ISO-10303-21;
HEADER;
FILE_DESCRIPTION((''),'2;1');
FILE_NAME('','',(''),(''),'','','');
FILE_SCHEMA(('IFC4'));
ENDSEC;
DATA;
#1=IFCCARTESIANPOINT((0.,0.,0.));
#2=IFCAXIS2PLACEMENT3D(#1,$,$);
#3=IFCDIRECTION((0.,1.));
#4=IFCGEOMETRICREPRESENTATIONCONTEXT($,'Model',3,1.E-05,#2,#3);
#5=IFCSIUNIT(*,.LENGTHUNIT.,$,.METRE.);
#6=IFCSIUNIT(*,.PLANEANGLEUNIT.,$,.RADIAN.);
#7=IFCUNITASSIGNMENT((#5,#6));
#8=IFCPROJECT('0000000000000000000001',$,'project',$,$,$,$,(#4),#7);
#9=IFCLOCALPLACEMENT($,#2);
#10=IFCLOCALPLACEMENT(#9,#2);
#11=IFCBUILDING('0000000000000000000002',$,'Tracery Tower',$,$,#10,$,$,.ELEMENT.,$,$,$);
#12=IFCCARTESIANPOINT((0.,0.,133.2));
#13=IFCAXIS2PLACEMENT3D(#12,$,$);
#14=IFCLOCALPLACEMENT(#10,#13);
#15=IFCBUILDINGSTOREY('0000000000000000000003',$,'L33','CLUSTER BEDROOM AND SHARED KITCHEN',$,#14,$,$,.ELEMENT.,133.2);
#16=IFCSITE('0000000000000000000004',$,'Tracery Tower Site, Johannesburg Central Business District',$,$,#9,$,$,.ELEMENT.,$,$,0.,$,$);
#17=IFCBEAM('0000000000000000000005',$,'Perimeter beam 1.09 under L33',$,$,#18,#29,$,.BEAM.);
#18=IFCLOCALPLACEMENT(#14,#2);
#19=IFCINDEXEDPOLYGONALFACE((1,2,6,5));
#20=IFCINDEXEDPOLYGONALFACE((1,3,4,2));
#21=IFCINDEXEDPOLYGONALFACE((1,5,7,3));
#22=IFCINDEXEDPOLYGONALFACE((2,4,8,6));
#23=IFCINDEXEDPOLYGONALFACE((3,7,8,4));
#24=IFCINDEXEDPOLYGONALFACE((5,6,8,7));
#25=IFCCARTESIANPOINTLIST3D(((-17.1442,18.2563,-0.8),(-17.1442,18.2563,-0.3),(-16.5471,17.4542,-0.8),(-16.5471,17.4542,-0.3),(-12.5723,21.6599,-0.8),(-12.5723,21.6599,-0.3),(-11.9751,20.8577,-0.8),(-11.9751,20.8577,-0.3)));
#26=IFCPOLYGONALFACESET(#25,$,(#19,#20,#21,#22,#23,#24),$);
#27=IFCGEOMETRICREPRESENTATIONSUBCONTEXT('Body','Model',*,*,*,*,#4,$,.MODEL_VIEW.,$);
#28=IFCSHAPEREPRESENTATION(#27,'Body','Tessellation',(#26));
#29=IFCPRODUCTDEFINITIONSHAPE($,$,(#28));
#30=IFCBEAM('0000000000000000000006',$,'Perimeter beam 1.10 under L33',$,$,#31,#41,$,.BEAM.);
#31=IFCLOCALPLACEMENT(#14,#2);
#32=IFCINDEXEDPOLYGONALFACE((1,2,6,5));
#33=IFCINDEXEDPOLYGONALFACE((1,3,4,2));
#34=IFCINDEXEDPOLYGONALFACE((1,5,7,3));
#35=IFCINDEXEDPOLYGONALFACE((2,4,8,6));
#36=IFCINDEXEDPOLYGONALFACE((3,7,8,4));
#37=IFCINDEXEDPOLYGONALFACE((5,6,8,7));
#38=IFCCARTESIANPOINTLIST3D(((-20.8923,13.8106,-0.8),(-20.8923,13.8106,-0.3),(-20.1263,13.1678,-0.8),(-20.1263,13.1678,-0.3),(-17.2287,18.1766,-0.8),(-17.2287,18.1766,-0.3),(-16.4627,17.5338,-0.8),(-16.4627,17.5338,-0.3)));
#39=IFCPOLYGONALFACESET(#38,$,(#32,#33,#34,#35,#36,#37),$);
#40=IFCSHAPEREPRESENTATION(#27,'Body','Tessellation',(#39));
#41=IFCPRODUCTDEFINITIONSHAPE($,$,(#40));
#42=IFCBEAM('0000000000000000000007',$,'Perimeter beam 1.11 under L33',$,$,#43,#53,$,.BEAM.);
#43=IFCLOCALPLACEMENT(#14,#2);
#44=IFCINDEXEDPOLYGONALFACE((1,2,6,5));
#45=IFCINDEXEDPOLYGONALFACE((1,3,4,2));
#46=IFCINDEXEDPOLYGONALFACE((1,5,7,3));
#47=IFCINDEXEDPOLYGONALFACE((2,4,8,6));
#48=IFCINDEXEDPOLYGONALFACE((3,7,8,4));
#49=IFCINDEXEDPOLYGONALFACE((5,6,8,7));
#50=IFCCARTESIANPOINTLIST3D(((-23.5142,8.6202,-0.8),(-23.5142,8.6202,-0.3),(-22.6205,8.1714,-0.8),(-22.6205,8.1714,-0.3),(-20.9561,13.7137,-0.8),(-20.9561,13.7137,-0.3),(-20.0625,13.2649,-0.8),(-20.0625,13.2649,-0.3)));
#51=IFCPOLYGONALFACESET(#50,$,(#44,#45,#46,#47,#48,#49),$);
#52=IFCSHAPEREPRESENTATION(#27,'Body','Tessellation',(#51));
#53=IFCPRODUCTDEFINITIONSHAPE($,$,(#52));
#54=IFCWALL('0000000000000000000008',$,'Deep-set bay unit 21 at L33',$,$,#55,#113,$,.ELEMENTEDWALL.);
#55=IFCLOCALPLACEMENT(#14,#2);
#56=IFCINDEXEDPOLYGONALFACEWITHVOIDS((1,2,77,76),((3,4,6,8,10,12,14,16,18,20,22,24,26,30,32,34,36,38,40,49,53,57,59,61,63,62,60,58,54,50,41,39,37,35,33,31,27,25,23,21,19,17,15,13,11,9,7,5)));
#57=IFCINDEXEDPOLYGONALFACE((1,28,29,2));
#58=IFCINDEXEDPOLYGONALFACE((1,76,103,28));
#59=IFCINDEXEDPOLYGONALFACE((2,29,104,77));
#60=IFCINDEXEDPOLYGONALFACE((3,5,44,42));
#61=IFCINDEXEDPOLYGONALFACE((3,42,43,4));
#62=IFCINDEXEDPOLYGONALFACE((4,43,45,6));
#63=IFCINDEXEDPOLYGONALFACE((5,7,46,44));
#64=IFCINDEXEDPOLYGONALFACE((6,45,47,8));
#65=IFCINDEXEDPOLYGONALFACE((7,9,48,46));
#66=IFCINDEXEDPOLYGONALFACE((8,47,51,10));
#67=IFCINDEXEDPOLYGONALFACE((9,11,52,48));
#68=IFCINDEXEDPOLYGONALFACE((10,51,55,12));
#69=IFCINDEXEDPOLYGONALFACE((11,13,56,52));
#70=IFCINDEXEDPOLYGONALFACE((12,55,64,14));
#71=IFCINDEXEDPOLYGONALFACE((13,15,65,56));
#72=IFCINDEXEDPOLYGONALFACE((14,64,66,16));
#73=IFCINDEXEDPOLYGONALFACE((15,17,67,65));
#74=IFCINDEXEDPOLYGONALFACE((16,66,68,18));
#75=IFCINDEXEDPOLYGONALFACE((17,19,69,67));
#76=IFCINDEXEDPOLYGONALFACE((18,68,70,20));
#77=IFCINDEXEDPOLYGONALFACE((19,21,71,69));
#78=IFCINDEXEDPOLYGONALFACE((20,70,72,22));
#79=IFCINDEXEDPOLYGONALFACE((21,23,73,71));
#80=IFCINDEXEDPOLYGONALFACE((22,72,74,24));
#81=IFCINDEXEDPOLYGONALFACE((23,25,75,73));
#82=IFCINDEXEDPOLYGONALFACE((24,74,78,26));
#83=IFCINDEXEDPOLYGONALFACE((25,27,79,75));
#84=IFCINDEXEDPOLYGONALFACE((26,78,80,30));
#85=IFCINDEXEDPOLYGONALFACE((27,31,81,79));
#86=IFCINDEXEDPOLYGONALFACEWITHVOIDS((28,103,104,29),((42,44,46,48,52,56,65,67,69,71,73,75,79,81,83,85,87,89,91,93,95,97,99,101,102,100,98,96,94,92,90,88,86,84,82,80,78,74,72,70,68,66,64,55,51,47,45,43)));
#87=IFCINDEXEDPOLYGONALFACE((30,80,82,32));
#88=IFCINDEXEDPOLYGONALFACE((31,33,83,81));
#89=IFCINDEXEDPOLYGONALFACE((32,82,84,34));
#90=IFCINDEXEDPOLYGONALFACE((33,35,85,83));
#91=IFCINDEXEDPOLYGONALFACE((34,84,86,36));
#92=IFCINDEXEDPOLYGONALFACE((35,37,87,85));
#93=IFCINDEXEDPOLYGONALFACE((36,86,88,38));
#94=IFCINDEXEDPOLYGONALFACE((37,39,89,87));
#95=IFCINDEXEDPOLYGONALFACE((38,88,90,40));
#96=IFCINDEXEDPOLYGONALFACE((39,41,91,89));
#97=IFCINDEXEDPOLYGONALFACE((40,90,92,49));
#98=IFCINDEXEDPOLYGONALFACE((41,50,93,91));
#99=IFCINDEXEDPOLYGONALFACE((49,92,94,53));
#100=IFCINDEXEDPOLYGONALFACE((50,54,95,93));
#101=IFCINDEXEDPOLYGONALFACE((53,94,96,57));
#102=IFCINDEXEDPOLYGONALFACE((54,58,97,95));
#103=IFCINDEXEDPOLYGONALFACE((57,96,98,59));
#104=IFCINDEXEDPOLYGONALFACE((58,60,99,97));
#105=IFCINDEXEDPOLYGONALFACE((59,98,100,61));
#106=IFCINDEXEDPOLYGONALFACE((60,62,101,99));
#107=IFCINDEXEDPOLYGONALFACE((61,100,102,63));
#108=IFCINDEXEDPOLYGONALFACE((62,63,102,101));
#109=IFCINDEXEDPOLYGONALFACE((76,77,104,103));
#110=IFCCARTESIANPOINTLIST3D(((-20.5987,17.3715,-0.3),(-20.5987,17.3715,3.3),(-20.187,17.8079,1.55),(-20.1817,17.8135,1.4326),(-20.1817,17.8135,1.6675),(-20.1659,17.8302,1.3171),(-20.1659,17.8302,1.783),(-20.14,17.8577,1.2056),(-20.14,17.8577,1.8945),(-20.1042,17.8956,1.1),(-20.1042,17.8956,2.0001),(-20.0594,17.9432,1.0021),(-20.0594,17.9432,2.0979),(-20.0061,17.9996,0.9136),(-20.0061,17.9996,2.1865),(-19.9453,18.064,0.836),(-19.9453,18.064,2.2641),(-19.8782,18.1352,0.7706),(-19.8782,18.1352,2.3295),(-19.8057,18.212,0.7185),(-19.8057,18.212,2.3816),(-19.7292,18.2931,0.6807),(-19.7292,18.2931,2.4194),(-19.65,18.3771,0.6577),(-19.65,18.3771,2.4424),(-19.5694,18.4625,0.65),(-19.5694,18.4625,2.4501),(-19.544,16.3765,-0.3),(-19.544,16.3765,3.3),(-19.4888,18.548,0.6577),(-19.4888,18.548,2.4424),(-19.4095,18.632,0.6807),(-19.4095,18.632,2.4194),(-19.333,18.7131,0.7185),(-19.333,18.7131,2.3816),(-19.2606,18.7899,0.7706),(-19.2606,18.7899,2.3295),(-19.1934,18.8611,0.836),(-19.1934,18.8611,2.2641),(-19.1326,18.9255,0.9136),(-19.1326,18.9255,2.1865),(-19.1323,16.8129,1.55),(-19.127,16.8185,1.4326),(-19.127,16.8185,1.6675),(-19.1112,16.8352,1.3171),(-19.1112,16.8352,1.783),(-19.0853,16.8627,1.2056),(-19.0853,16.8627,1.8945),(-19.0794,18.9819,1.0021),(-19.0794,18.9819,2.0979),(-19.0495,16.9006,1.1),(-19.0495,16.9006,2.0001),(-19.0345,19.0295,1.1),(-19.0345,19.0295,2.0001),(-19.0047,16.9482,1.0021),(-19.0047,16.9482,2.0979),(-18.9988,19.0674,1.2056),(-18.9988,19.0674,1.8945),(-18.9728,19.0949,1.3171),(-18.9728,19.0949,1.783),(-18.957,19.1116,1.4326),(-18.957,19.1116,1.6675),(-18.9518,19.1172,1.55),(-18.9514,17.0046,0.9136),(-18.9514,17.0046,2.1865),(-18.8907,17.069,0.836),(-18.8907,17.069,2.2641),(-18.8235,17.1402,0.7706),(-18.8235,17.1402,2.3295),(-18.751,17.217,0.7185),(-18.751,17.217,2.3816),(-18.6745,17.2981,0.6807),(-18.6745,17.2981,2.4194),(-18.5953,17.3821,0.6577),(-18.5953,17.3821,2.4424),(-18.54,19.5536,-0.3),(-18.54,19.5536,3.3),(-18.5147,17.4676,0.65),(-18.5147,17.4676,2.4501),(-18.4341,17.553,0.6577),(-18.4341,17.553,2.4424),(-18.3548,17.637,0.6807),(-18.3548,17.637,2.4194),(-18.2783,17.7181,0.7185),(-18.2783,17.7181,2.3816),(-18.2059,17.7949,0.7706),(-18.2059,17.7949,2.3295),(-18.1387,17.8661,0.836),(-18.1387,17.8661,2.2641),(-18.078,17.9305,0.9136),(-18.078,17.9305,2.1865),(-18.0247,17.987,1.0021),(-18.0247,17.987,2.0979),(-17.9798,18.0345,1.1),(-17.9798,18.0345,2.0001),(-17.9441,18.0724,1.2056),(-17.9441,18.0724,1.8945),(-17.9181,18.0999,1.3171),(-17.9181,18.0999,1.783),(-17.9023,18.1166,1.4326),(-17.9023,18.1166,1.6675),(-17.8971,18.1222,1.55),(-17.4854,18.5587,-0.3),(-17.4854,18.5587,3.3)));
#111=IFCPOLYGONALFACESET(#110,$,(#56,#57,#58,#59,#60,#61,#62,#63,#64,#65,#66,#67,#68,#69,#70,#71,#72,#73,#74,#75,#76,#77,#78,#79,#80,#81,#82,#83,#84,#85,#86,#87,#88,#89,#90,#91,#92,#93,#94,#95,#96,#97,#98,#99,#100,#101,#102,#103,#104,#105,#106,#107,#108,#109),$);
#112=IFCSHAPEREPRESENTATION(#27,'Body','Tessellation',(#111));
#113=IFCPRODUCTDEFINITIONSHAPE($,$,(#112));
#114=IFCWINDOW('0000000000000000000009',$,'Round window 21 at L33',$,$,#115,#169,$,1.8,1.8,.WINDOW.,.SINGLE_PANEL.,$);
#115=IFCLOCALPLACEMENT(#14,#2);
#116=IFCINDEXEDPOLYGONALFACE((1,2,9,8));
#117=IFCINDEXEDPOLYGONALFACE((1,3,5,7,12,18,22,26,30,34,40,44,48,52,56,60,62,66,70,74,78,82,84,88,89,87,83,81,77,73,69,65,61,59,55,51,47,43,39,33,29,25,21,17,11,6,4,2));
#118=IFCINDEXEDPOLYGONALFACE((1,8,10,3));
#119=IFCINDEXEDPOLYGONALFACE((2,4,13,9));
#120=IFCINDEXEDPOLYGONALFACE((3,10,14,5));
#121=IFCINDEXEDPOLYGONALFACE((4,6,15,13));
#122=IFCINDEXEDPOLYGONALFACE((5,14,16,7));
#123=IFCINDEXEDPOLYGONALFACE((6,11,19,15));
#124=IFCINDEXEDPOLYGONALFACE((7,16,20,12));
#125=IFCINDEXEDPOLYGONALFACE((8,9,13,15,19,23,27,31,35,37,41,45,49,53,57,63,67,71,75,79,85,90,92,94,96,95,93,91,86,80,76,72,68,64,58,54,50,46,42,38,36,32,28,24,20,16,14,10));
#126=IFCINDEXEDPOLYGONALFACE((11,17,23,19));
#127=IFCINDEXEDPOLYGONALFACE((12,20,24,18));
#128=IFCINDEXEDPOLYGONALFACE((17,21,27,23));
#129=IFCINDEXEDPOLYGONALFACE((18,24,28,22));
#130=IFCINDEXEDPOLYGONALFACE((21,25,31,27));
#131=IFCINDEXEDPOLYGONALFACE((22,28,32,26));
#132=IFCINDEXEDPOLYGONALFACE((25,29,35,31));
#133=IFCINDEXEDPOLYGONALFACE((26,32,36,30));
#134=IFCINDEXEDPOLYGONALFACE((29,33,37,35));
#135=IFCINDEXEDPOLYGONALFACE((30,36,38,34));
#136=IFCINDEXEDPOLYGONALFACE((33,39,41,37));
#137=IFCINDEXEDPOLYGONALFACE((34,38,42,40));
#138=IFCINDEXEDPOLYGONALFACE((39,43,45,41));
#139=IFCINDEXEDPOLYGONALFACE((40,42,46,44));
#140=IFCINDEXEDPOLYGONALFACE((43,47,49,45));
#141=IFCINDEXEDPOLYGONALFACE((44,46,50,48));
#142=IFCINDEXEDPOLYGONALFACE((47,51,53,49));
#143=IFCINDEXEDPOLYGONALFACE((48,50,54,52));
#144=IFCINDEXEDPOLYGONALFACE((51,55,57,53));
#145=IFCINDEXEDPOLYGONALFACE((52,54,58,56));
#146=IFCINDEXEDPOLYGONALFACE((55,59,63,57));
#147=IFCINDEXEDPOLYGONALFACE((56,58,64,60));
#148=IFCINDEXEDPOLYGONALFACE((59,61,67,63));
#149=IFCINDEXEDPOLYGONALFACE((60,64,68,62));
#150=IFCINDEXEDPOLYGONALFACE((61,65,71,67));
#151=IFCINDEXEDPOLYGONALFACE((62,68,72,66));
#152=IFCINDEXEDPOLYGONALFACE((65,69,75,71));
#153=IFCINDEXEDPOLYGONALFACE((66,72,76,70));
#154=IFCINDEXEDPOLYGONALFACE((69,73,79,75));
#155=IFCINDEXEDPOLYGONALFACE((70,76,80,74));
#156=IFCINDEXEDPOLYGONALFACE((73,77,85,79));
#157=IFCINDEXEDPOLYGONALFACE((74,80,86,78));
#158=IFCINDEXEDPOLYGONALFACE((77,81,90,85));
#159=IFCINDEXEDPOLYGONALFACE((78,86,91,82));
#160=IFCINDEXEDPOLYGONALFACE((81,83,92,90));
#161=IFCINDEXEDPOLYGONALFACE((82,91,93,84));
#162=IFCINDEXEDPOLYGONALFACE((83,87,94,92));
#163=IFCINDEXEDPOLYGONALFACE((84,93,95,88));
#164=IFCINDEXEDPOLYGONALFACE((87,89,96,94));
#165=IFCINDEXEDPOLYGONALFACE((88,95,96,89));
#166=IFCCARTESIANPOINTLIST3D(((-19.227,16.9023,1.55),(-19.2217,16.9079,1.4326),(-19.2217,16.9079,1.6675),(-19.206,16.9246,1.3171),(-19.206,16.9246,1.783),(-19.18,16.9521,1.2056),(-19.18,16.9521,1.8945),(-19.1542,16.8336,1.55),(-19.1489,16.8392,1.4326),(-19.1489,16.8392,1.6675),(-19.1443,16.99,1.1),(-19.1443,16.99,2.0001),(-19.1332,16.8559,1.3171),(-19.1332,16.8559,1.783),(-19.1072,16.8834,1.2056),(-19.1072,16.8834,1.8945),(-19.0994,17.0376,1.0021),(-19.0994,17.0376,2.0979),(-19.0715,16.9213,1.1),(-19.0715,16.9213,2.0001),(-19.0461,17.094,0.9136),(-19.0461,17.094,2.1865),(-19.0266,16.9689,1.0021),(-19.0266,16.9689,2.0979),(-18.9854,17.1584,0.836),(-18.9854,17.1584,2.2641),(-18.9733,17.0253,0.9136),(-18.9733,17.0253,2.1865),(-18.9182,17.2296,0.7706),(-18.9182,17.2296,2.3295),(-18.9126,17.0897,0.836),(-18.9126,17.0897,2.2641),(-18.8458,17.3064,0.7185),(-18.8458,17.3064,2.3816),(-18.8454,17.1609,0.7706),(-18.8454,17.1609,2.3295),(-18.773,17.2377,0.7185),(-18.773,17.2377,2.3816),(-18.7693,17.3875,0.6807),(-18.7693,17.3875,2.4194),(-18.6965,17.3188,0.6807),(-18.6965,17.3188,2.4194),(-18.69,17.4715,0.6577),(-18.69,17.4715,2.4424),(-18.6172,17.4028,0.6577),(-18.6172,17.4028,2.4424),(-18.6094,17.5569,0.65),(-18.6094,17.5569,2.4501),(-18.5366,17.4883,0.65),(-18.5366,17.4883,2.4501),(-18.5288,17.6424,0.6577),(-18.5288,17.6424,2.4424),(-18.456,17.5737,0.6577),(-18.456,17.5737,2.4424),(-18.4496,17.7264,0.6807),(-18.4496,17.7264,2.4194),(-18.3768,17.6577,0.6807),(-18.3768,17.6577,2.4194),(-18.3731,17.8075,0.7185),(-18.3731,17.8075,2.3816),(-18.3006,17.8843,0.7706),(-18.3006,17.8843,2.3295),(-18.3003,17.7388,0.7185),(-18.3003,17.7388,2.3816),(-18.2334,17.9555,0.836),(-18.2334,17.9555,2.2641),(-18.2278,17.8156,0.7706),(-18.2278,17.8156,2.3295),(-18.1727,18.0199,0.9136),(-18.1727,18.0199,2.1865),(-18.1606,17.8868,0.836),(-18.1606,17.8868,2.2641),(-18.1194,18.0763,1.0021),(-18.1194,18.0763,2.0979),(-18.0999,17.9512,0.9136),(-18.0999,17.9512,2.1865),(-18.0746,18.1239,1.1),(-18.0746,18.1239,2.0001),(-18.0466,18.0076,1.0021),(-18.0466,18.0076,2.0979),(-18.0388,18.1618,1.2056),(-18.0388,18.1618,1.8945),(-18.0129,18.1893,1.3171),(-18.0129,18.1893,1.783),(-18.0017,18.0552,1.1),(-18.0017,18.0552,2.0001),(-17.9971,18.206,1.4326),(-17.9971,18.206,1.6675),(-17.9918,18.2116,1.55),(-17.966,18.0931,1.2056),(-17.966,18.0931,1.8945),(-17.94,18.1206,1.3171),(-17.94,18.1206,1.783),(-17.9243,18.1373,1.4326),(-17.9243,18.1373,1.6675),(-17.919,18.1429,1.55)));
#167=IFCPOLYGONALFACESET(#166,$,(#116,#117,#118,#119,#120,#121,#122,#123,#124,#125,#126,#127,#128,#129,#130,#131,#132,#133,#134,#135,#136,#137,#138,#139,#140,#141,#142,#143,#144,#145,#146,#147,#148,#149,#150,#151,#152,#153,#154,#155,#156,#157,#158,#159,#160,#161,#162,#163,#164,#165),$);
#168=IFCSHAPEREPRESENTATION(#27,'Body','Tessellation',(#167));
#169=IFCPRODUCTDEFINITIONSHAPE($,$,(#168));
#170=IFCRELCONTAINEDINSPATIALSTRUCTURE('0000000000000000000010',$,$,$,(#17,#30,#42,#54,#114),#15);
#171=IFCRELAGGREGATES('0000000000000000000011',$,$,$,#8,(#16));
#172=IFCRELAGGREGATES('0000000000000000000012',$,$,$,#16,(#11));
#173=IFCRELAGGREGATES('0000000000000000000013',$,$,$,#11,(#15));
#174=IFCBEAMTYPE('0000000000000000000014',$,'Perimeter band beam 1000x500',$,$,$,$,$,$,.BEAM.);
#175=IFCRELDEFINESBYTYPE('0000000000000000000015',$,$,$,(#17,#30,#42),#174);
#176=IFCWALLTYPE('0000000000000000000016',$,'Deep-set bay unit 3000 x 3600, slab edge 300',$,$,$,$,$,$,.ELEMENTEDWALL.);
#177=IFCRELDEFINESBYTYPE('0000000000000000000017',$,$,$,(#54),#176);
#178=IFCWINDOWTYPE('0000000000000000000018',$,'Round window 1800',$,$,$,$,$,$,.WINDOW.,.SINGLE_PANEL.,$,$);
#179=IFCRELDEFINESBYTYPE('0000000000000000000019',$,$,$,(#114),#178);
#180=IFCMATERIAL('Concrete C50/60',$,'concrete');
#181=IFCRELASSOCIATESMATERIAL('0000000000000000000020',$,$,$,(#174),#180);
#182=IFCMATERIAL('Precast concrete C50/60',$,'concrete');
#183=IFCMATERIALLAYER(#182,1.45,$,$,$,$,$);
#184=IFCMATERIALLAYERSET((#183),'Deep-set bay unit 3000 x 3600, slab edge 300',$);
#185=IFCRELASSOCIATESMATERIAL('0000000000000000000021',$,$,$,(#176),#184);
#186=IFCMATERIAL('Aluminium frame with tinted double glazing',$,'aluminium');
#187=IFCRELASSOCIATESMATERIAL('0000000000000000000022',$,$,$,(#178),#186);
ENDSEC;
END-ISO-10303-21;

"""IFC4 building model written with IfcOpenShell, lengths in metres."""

from ifc_helpers import new_model, si_unit, direction, frame, frame_2d, origin, origin_2d, place, context, subcontext, project, spatial, rectangle, circle, extrude, material, layer, layer_set, material_profile, profile_set, type_object, element, fill, save


model = new_model("IFC4")

# Units and contexts
model_context = context("Model", 3, precision=1e-05, world=origin(), true_north=direction((0.0, 1.0)))
body_context = subcontext(model_context, "Body", "Model", "MODEL_VIEW")
ifc_project = project(units=[si_unit("LENGTHUNIT", "METRE"), si_unit("PLANEANGLEUNIT", "RADIAN")], contexts=[model_context])

# Site, building, storey
site_placement = place(None, origin())
site = spatial("IfcSite", under=ifc_project, at=site_placement, Name="Tracery Tower Site, Johannesburg Central Business District", CompositionType="ELEMENT", RefElevation=0.0)
building_placement = place(site_placement, origin())
building = spatial("IfcBuilding", under=site, at=building_placement, Name="Tracery Tower", CompositionType="ELEMENT")
storey_placement = place(building_placement, frame((0.0, 0.0, 133.2)))
storey = spatial("IfcBuildingStorey", under=building, at=storey_placement, Name="L33", Description="CLUSTER BEDROOM AND SHARED KITCHEN", CompositionType="ELEMENT", Elevation=133.2)

# Beams
ifc_material_1 = material(Name="Concrete C50/60", Category="concrete")
ifc_material_profile_1 = material_profile(ifc_material_1, rectangle(XDim=1.0, YDim=0.5, at=origin_2d()), Name="RC 1000x500")
ifc_profile_set_1 = profile_set([ifc_material_profile_1], Name="Concrete C50/60")
beam_type = type_object("IfcBeamType", Name="Perimeter band beam 1000x500", PredefinedType="BEAM", material=ifc_profile_set_1)
beam_1_placement = place(storey_placement, frame((-12.2737, 21.2588, -0.55), z_axis=(-0.802138, -0.597138, 0.0), x_axis=(0.597138, -0.802138, 0.0)))
element("IfcBeam", 1, at=beam_1_placement, inside=storey, type_object=beam_type, Name="Perimeter beam 1.09 under L33", PredefinedType="BEAM", context=body_context, shape_type="SweptSolid", body=[
    extrude(rectangle(XDim=1.0, YDim=0.5, at=origin_2d()), origin(), (0.0, 0.0, 1.0), 5.6997),
])
beam_2_placement = place(storey_placement, frame((-16.8457, 17.8552, -0.55), z_axis=(-0.642797, -0.766036, 0.0), x_axis=(0.766036, -0.642797, 0.0)))
element("IfcBeam", 2, at=beam_2_placement, inside=storey, type_object=beam_type, Name="Perimeter beam 1.10 under L33", PredefinedType="BEAM", context=body_context, shape_type="SweptSolid", body=[
    extrude(rectangle(XDim=1.0, YDim=0.5, at=origin_2d()), origin(), (0.0, 0.0, 1.0), 5.6995),
])
beam_3_placement = place(storey_placement, frame((-20.5093, 13.4893, -0.55), z_axis=(-0.448806, -0.893629, 0.0), x_axis=(0.893629, -0.448806, 0.0)))
element("IfcBeam", 3, at=beam_3_placement, inside=storey, type_object=beam_type, Name="Perimeter beam 1.11 under L33", PredefinedType="BEAM", context=body_context, shape_type="SweptSolid", body=[
    extrude(rectangle(XDim=1.0, YDim=0.5, at=origin_2d()), origin(), (0.0, 0.0, 1.0), 5.6997),
])

# Wall, opening, window
ifc_material_2 = material(Name="Precast concrete C50/60", Category="concrete")
ifc_layer_1 = layer(ifc_material_2, 1.45)
ifc_layer_set_1 = layer_set([ifc_layer_1], Name="Deep-set bay unit 3000 x 3600, slab edge 300")
wall_type_1 = type_object("IfcWallType", Name="Deep-set bay unit 3000 x 3600, slab edge 300", PredefinedType="ELEMENTEDWALL", material=ifc_layer_set_1)
wall_1_placement = place(storey_placement, frame((-18.0127, 19.0562, -0.3), z_axis=(0.0, 0.0, 1.0), x_axis=(-0.686217, -0.727397, 0.0)))
wall_1 = element("IfcWall", 4, at=wall_1_placement, inside=storey, type_object=wall_type_1, Name="Deep-set bay unit 21 at L33", PredefinedType="ELEMENTEDWALL", context=body_context, shape_type="SweptSolid", body=[
    extrude(rectangle(XDim=3.0, YDim=1.45, at=frame_2d((1.5, 0.0))), origin(), (0.0, 0.0, 1.0), 3.6001),
])
opening_1_placement = place(wall_1_placement, frame((1.5, 0.0, 1.8501)))
opening_1 = element("IfcOpeningElement", 5, at=opening_1_placement, cuts=wall_1, PredefinedType="OPENING", context=body_context, shape_type="SweptSolid", body=[
    extrude(circle(Radius=0.9, at=origin_2d()), frame((0.0, 0.7349, 0.0), z_axis=(0.0, -1.0, 0.0), x_axis=(1.0, 0.0, 0.0)), (0.0, 0.0, 1.0), 1.47),
])
ifc_material_3 = material(Name="Aluminium frame with tinted double glazing", Category="aluminium")
window_type = type_object("IfcWindowType", Name="Round window 1800", PartitioningType="SINGLE_PANEL", PredefinedType="WINDOW", material=ifc_material_3)
window_1_placement = place(opening_1_placement, origin())
window_1 = element("IfcWindow", 6, at=window_1_placement, inside=storey, type_object=window_type, Name="Round window 21 at L33", OverallHeight=1.8, OverallWidth=1.8, PartitioningType="SINGLE_PANEL", PredefinedType="WINDOW", context=body_context, shape_type="SweptSolid", body=[
    extrude(circle(Radius=0.9, at=origin_2d()), frame((0.0, 0.6948, 0.0), z_axis=(0.0, -1.0, 0.0), x_axis=(1.0, 0.0, 0.0)), (0.0, 0.0, 1.0), 0.1001),
])
fill(opening_1, window_1)

save(model, "model.ifc")
